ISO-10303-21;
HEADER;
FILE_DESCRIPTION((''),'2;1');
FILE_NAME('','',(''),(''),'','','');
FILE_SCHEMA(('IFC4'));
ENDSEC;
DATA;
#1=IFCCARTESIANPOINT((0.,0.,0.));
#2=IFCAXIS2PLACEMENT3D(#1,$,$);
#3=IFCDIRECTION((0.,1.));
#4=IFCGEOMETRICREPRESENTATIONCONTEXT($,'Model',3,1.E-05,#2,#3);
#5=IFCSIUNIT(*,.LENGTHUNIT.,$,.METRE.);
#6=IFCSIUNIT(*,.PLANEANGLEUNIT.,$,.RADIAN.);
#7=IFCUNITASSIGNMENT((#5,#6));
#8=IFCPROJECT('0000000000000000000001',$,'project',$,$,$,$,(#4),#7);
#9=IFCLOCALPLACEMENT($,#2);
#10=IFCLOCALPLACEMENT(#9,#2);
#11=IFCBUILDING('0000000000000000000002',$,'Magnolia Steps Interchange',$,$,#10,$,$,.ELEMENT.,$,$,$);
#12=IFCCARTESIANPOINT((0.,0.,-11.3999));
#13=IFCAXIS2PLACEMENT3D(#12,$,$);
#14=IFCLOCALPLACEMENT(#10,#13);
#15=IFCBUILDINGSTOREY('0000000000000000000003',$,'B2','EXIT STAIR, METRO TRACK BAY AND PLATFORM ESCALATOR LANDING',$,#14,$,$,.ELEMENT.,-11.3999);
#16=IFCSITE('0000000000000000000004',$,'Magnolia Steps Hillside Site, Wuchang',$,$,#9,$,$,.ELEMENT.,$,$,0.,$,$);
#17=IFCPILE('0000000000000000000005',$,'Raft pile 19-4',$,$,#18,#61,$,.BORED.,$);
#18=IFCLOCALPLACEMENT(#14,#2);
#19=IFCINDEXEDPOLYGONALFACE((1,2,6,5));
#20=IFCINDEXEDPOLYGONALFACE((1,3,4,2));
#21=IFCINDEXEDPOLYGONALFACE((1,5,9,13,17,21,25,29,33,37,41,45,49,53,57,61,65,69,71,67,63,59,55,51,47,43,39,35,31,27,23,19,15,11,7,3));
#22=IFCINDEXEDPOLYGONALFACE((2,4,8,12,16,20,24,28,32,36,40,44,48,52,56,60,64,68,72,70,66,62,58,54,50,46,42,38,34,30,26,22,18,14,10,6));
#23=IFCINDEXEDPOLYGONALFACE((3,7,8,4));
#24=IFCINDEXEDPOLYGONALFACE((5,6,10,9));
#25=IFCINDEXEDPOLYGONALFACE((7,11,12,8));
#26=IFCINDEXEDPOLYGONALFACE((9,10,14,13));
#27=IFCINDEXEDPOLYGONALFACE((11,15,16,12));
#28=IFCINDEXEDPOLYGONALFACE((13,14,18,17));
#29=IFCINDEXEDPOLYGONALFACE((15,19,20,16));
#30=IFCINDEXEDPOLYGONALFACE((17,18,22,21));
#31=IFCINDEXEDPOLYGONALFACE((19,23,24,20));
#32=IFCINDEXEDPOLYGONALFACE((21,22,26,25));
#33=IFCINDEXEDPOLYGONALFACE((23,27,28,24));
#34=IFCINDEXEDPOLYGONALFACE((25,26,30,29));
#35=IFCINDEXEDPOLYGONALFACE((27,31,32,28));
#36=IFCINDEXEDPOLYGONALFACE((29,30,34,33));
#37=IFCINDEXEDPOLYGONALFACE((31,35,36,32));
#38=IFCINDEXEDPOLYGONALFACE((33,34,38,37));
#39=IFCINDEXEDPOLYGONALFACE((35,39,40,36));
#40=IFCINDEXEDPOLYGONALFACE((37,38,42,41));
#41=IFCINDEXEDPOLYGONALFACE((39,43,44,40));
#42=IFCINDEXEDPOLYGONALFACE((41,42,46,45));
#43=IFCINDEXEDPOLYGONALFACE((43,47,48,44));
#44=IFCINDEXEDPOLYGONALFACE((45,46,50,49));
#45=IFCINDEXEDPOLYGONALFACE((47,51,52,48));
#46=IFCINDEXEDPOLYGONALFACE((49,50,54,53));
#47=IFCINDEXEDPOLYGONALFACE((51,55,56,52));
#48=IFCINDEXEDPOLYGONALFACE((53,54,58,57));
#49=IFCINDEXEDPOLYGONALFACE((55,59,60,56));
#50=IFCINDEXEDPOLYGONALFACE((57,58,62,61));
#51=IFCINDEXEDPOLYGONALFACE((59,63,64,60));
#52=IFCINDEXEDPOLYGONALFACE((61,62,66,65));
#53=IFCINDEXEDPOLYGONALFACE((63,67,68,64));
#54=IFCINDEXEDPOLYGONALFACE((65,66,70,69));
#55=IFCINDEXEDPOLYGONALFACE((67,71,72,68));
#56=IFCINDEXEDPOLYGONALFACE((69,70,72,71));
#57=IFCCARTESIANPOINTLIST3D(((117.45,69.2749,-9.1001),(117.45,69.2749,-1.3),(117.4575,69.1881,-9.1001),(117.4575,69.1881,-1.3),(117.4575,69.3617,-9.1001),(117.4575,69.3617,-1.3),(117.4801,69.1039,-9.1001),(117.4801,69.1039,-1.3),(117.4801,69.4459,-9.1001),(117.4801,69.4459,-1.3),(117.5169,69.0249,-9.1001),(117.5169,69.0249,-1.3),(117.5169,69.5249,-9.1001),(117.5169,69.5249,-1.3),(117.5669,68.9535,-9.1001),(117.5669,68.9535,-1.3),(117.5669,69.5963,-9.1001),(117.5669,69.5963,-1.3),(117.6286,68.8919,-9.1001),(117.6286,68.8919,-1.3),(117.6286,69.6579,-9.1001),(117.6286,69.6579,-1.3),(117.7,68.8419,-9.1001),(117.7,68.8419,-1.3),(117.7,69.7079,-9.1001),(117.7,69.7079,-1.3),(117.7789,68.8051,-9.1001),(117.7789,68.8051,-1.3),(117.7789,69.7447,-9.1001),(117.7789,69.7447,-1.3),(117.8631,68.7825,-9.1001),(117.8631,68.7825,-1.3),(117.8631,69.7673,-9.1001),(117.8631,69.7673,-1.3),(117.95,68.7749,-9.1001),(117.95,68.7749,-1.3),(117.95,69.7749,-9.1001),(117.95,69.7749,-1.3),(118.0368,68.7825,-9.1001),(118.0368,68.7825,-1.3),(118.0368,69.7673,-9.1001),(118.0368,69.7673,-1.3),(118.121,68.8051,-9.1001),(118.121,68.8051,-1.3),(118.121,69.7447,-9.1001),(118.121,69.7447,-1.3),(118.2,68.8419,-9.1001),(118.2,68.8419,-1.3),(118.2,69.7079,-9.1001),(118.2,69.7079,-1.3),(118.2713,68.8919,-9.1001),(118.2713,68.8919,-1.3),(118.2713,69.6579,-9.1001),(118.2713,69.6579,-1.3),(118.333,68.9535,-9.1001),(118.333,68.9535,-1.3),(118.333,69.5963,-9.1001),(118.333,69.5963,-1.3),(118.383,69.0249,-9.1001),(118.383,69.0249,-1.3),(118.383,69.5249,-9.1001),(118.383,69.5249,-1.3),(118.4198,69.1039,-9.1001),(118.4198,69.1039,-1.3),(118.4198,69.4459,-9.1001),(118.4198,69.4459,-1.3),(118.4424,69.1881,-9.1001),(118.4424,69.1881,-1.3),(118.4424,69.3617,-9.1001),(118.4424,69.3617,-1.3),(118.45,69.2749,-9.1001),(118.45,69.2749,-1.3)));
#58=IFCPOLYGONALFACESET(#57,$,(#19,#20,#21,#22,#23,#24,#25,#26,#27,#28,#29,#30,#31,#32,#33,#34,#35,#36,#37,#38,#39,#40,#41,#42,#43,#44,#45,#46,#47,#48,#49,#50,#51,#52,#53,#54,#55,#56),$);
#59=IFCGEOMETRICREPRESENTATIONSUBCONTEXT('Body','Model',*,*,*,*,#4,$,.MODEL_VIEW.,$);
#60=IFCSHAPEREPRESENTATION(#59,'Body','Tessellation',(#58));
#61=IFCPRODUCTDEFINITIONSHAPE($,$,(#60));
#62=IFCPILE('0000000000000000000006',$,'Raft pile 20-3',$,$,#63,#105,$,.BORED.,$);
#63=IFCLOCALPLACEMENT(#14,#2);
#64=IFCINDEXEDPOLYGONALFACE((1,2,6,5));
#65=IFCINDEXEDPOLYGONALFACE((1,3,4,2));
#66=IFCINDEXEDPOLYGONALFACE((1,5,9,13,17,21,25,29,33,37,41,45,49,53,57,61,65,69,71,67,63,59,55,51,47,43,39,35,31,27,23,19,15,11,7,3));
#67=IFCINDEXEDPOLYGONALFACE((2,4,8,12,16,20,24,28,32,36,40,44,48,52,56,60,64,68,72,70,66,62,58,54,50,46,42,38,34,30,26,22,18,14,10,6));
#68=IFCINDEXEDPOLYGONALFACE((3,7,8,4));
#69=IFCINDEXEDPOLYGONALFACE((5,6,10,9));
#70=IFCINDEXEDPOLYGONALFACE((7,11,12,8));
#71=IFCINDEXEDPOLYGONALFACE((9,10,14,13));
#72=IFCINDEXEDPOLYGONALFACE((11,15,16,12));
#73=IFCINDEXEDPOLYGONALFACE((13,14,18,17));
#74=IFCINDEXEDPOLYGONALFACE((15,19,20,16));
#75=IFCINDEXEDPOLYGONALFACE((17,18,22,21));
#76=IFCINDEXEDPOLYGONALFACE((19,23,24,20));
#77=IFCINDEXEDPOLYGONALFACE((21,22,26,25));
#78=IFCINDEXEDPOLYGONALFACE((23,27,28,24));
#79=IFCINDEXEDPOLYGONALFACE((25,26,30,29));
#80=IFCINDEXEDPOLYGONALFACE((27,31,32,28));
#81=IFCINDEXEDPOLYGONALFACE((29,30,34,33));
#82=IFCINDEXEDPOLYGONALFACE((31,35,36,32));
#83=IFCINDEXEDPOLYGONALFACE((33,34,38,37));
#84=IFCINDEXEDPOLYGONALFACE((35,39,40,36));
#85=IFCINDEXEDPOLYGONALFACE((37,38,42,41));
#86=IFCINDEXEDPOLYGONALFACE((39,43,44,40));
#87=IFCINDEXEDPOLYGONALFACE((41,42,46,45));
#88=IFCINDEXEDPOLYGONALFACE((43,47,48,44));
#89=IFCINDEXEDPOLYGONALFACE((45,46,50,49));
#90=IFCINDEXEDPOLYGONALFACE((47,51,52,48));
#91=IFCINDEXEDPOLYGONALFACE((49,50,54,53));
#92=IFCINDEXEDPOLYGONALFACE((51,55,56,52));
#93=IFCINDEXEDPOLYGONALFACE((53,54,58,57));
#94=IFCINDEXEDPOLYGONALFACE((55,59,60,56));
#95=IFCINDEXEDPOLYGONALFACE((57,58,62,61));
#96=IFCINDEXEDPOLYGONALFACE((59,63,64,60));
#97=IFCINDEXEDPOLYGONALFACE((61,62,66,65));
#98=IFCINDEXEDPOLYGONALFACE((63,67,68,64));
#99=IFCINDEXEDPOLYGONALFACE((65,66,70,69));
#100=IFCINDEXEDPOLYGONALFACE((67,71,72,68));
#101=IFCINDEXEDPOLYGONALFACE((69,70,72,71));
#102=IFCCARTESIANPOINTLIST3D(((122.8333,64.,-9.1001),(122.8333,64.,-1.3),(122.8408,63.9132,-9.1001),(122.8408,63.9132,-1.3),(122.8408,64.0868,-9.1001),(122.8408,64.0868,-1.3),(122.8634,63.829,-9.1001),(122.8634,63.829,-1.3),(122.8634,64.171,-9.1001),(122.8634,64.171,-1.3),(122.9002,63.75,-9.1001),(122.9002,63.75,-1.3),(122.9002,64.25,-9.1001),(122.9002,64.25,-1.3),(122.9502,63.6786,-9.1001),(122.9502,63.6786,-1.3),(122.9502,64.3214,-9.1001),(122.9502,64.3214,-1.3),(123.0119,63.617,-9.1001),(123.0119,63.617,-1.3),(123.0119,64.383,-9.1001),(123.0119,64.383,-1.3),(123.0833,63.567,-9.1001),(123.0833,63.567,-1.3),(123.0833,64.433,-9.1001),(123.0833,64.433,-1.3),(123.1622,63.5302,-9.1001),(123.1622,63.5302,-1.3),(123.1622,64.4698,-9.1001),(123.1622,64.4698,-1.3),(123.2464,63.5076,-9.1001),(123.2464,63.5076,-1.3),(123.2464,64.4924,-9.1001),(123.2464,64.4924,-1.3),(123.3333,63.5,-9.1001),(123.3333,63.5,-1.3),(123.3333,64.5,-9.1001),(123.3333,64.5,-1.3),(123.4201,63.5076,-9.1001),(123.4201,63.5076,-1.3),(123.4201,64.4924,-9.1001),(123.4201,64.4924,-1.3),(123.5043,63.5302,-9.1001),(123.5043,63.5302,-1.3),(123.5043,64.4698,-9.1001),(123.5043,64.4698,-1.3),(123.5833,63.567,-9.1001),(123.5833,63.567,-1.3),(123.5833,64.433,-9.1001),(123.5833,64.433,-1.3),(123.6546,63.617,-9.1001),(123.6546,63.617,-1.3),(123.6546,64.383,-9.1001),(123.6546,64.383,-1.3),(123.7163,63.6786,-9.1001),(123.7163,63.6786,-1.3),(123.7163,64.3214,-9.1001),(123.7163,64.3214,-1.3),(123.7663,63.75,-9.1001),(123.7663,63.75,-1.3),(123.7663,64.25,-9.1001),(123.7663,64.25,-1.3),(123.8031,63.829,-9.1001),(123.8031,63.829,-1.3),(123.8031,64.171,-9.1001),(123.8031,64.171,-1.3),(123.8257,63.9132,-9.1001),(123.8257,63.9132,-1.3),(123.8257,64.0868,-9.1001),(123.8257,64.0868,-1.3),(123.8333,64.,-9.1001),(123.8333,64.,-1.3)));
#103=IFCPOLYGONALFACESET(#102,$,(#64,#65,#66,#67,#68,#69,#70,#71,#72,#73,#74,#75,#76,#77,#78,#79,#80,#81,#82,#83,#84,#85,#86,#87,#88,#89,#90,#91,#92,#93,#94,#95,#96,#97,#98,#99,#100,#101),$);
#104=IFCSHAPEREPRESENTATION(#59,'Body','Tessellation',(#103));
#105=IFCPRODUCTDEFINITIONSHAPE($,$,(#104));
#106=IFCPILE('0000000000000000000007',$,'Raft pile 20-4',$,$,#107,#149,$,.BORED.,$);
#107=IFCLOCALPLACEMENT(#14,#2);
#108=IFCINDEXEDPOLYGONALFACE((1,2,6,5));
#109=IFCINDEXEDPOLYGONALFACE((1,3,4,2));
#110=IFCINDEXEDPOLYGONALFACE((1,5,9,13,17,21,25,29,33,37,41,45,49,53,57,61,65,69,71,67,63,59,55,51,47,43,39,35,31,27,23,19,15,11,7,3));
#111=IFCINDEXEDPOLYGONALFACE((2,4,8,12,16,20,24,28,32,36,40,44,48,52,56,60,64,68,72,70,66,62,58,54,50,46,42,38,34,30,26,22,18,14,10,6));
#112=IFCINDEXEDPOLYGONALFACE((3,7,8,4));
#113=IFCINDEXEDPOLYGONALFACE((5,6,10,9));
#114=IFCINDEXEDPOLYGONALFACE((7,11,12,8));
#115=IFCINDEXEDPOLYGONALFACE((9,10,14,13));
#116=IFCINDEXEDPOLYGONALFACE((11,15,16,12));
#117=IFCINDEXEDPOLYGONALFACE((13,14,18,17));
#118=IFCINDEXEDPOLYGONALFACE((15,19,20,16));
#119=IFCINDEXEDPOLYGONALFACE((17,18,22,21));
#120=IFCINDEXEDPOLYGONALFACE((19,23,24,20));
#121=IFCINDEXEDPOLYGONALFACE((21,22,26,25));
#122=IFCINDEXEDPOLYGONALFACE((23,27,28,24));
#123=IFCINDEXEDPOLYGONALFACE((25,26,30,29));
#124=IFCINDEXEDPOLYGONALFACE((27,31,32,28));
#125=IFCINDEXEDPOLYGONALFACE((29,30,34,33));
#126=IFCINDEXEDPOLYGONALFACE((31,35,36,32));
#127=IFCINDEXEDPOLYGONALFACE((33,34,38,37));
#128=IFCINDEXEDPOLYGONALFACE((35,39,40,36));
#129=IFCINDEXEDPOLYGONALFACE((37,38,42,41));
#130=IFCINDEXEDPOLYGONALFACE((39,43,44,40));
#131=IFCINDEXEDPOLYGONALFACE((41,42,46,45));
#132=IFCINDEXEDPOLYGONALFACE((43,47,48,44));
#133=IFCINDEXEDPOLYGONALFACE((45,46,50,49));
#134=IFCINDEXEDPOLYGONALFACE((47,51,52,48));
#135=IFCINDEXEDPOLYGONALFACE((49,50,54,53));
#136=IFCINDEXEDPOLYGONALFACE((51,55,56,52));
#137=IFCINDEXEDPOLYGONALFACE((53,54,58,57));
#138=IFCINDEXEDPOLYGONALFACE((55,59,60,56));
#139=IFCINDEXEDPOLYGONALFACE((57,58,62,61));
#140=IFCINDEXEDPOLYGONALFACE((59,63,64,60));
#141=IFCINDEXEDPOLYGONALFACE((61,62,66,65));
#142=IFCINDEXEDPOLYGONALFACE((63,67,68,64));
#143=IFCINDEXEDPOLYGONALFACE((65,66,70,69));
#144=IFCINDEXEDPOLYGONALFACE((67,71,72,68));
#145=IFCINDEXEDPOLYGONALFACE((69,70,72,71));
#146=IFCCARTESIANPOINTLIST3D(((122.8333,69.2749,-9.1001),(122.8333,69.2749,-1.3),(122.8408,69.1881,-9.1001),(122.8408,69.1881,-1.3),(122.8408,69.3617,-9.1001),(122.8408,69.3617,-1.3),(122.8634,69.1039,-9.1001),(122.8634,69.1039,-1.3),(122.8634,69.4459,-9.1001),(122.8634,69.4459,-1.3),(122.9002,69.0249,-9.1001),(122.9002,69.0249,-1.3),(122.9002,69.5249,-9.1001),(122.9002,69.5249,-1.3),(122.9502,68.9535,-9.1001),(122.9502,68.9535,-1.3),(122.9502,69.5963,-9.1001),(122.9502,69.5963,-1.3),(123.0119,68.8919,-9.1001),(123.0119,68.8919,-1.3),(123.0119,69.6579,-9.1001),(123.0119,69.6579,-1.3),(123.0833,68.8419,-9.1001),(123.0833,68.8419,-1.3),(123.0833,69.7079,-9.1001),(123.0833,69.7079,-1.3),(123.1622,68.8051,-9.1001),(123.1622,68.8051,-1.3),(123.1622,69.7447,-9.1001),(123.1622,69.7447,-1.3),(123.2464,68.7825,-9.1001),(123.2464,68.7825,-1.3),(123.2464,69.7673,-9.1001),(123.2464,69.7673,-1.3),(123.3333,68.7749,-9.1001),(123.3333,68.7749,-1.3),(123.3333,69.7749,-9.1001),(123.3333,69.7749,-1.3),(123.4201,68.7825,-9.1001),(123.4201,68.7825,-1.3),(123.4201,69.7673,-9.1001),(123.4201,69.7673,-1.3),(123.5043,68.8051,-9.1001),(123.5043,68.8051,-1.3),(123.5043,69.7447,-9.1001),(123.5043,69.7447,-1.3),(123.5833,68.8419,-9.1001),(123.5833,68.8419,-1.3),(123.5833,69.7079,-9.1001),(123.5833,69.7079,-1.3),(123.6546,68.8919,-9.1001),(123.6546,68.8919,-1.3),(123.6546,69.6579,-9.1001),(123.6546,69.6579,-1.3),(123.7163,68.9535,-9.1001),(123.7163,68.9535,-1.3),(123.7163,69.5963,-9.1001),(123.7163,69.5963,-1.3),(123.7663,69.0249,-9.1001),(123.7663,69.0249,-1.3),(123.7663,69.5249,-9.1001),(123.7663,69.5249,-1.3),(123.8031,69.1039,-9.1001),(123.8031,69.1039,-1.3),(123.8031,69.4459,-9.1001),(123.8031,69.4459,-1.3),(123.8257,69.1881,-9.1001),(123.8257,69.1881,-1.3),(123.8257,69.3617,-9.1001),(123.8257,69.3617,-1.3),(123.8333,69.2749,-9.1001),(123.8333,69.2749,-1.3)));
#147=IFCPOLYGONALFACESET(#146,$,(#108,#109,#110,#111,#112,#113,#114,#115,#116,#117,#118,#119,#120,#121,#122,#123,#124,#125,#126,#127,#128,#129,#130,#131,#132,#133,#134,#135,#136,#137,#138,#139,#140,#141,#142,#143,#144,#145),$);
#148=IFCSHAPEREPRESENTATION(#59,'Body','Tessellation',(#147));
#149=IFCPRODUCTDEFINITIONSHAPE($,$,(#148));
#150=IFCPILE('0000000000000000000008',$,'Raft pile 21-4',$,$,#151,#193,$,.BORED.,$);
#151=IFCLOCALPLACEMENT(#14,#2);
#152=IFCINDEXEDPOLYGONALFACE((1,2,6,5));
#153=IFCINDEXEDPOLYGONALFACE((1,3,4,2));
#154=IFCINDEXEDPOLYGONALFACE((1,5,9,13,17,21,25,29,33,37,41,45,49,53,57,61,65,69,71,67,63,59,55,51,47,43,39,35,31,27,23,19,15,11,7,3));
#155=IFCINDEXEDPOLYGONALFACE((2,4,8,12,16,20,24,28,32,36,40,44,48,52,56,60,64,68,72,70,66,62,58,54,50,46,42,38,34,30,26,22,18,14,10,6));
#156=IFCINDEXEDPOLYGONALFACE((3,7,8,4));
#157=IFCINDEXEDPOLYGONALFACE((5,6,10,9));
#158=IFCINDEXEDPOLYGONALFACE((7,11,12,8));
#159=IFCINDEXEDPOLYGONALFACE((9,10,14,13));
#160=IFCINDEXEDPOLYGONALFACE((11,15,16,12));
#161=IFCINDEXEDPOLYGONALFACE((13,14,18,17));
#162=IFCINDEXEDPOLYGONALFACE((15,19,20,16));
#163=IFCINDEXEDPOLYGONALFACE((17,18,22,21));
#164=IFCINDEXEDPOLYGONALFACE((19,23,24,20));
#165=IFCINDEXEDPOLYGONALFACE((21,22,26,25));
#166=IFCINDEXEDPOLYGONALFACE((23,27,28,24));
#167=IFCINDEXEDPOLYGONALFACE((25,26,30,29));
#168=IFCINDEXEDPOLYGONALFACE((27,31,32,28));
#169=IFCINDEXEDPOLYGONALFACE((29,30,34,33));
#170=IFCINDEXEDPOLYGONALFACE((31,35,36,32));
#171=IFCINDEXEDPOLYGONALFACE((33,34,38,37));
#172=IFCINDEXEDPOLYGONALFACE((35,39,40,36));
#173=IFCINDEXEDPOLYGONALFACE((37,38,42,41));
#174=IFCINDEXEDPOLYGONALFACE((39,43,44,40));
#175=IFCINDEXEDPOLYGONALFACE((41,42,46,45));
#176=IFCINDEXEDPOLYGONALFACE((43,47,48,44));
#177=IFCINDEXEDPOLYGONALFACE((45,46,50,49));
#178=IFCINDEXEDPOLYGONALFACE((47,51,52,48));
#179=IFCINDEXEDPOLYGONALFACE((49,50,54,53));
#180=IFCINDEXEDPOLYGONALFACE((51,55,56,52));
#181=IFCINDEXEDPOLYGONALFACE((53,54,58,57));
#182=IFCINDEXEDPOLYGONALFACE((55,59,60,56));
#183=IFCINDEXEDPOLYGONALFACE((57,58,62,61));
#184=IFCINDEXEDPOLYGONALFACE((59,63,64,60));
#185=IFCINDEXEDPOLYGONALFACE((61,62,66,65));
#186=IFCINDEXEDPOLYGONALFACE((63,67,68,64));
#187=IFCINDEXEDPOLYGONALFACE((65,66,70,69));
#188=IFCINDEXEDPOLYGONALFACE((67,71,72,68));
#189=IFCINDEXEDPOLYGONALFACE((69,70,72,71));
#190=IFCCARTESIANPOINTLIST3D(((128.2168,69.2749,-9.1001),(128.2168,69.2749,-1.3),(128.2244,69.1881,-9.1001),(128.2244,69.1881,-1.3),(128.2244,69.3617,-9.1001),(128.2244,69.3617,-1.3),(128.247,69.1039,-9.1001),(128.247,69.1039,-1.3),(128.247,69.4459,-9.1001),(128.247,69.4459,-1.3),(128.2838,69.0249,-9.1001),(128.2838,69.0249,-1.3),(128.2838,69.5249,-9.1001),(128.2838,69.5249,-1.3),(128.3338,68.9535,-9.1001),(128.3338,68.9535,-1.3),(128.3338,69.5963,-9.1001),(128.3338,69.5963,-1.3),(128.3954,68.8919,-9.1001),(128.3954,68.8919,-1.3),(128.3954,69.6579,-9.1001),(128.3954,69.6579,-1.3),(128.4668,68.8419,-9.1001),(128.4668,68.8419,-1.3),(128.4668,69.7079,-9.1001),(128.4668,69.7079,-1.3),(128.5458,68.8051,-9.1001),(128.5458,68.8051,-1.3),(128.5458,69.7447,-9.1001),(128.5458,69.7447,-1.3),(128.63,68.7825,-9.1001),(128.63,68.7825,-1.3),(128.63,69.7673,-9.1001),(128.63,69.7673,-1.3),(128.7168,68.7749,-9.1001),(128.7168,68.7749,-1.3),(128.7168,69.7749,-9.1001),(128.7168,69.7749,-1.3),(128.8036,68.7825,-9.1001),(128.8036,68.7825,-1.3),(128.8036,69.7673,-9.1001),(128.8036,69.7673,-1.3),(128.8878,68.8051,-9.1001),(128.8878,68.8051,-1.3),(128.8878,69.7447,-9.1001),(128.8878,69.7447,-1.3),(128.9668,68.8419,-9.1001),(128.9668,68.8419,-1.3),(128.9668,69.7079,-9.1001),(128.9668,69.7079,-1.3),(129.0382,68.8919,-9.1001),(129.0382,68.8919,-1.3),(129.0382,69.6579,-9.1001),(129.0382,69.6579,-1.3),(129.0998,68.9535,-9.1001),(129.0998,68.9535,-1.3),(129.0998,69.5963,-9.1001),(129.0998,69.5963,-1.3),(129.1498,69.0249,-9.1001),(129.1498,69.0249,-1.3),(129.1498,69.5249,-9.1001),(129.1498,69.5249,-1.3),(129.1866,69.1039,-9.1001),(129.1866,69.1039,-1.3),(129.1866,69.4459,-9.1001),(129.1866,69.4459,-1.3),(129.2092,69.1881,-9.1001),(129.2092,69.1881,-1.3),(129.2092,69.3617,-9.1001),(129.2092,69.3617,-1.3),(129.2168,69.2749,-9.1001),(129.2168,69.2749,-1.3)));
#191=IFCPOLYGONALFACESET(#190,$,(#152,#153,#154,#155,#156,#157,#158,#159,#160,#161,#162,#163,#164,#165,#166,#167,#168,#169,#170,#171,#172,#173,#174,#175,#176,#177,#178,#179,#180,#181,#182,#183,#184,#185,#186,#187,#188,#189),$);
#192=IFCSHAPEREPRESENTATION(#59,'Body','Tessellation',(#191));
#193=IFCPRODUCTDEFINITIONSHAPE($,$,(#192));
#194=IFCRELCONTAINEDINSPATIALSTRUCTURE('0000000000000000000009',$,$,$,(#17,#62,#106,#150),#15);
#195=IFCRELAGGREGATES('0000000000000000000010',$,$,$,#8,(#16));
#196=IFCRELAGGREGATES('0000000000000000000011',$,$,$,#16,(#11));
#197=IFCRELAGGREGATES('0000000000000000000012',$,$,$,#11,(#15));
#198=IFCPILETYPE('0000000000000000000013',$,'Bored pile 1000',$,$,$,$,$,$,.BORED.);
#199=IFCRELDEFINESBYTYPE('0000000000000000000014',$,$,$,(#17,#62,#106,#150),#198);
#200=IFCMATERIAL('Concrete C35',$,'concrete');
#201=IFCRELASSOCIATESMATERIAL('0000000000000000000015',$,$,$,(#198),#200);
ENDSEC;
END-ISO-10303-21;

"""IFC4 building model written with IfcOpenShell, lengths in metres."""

from ifc_helpers import new_model, si_unit, direction, frame, origin, origin_2d, place, context, subcontext, project, spatial, circle, extrude, material, material_profile, profile_set, type_object, element, save


model = new_model("IFC4")

# Units and contexts
model_context = context("Model", 3, precision=1e-05, world=origin(), true_north=direction((0.0, 1.0)))
body_context = subcontext(model_context, "Body", "Model", "MODEL_VIEW")
ifc_project = project(units=[si_unit("LENGTHUNIT", "METRE"), si_unit("PLANEANGLEUNIT", "RADIAN")], contexts=[model_context])

# Site, building, storey
site_placement = place(None, origin())
site = spatial("IfcSite", under=ifc_project, at=site_placement, Name="Magnolia Steps Hillside Site, Wuchang", CompositionType="ELEMENT", RefElevation=0.0)
building_placement = place(site_placement, origin())
building = spatial("IfcBuilding", under=site, at=building_placement, Name="Magnolia Steps Interchange", CompositionType="ELEMENT")
storey_placement = place(building_placement, frame((0.0, 0.0, -11.3999)))
storey = spatial("IfcBuildingStorey", under=building, at=storey_placement, Name="B2", Description="EXIT STAIR, METRO TRACK BAY AND PLATFORM ESCALATOR LANDING", CompositionType="ELEMENT", Elevation=-11.3999)

# Piles
ifc_material_1 = material(Name="Concrete C35", Category="concrete")
ifc_material_profile_1 = material_profile(ifc_material_1, circle(Radius=0.5, at=origin_2d()), Name="Bored pile 1000")
ifc_profile_set_1 = profile_set([ifc_material_profile_1], Name="Concrete C35")
pile_type_1 = type_object("IfcPileType", Name="Bored pile 1000", PredefinedType="BORED", material=ifc_profile_set_1)
for number, where, z_axis, x_axis, name in (
    (1, (117.95, 69.2749, -1.3), (0.0, 0.0, -1.0), (1.0, 0.0, 0.0), "Raft pile 19-4"),
    (2, (123.3333, 64.0, -1.3), (0.0, 0.0, -1.0), (1.0, 0.0, 0.0), "Raft pile 20-3"),
    (3, (123.3333, 69.2749, -1.3), (0.0, 0.0, -1.0), (1.0, 0.0, 0.0), "Raft pile 20-4"),
    (4, (128.7168, 69.2749, -1.3), (0.0, 0.0, -1.0), (1.0, 0.0, 0.0), "Raft pile 21-4"),
):
    element("IfcPile", number, at=place(storey_placement, frame(where, z_axis=z_axis, x_axis=x_axis)), inside=storey, type_object=pile_type_1, Name=name, PredefinedType="BORED", context=body_context, shape_type="SweptSolid", body=[
        extrude(circle(Radius=0.5, at=origin_2d()), origin(), (0.0, 0.0, 1.0), 7.8),
    ])

save(model, "model.ifc")
